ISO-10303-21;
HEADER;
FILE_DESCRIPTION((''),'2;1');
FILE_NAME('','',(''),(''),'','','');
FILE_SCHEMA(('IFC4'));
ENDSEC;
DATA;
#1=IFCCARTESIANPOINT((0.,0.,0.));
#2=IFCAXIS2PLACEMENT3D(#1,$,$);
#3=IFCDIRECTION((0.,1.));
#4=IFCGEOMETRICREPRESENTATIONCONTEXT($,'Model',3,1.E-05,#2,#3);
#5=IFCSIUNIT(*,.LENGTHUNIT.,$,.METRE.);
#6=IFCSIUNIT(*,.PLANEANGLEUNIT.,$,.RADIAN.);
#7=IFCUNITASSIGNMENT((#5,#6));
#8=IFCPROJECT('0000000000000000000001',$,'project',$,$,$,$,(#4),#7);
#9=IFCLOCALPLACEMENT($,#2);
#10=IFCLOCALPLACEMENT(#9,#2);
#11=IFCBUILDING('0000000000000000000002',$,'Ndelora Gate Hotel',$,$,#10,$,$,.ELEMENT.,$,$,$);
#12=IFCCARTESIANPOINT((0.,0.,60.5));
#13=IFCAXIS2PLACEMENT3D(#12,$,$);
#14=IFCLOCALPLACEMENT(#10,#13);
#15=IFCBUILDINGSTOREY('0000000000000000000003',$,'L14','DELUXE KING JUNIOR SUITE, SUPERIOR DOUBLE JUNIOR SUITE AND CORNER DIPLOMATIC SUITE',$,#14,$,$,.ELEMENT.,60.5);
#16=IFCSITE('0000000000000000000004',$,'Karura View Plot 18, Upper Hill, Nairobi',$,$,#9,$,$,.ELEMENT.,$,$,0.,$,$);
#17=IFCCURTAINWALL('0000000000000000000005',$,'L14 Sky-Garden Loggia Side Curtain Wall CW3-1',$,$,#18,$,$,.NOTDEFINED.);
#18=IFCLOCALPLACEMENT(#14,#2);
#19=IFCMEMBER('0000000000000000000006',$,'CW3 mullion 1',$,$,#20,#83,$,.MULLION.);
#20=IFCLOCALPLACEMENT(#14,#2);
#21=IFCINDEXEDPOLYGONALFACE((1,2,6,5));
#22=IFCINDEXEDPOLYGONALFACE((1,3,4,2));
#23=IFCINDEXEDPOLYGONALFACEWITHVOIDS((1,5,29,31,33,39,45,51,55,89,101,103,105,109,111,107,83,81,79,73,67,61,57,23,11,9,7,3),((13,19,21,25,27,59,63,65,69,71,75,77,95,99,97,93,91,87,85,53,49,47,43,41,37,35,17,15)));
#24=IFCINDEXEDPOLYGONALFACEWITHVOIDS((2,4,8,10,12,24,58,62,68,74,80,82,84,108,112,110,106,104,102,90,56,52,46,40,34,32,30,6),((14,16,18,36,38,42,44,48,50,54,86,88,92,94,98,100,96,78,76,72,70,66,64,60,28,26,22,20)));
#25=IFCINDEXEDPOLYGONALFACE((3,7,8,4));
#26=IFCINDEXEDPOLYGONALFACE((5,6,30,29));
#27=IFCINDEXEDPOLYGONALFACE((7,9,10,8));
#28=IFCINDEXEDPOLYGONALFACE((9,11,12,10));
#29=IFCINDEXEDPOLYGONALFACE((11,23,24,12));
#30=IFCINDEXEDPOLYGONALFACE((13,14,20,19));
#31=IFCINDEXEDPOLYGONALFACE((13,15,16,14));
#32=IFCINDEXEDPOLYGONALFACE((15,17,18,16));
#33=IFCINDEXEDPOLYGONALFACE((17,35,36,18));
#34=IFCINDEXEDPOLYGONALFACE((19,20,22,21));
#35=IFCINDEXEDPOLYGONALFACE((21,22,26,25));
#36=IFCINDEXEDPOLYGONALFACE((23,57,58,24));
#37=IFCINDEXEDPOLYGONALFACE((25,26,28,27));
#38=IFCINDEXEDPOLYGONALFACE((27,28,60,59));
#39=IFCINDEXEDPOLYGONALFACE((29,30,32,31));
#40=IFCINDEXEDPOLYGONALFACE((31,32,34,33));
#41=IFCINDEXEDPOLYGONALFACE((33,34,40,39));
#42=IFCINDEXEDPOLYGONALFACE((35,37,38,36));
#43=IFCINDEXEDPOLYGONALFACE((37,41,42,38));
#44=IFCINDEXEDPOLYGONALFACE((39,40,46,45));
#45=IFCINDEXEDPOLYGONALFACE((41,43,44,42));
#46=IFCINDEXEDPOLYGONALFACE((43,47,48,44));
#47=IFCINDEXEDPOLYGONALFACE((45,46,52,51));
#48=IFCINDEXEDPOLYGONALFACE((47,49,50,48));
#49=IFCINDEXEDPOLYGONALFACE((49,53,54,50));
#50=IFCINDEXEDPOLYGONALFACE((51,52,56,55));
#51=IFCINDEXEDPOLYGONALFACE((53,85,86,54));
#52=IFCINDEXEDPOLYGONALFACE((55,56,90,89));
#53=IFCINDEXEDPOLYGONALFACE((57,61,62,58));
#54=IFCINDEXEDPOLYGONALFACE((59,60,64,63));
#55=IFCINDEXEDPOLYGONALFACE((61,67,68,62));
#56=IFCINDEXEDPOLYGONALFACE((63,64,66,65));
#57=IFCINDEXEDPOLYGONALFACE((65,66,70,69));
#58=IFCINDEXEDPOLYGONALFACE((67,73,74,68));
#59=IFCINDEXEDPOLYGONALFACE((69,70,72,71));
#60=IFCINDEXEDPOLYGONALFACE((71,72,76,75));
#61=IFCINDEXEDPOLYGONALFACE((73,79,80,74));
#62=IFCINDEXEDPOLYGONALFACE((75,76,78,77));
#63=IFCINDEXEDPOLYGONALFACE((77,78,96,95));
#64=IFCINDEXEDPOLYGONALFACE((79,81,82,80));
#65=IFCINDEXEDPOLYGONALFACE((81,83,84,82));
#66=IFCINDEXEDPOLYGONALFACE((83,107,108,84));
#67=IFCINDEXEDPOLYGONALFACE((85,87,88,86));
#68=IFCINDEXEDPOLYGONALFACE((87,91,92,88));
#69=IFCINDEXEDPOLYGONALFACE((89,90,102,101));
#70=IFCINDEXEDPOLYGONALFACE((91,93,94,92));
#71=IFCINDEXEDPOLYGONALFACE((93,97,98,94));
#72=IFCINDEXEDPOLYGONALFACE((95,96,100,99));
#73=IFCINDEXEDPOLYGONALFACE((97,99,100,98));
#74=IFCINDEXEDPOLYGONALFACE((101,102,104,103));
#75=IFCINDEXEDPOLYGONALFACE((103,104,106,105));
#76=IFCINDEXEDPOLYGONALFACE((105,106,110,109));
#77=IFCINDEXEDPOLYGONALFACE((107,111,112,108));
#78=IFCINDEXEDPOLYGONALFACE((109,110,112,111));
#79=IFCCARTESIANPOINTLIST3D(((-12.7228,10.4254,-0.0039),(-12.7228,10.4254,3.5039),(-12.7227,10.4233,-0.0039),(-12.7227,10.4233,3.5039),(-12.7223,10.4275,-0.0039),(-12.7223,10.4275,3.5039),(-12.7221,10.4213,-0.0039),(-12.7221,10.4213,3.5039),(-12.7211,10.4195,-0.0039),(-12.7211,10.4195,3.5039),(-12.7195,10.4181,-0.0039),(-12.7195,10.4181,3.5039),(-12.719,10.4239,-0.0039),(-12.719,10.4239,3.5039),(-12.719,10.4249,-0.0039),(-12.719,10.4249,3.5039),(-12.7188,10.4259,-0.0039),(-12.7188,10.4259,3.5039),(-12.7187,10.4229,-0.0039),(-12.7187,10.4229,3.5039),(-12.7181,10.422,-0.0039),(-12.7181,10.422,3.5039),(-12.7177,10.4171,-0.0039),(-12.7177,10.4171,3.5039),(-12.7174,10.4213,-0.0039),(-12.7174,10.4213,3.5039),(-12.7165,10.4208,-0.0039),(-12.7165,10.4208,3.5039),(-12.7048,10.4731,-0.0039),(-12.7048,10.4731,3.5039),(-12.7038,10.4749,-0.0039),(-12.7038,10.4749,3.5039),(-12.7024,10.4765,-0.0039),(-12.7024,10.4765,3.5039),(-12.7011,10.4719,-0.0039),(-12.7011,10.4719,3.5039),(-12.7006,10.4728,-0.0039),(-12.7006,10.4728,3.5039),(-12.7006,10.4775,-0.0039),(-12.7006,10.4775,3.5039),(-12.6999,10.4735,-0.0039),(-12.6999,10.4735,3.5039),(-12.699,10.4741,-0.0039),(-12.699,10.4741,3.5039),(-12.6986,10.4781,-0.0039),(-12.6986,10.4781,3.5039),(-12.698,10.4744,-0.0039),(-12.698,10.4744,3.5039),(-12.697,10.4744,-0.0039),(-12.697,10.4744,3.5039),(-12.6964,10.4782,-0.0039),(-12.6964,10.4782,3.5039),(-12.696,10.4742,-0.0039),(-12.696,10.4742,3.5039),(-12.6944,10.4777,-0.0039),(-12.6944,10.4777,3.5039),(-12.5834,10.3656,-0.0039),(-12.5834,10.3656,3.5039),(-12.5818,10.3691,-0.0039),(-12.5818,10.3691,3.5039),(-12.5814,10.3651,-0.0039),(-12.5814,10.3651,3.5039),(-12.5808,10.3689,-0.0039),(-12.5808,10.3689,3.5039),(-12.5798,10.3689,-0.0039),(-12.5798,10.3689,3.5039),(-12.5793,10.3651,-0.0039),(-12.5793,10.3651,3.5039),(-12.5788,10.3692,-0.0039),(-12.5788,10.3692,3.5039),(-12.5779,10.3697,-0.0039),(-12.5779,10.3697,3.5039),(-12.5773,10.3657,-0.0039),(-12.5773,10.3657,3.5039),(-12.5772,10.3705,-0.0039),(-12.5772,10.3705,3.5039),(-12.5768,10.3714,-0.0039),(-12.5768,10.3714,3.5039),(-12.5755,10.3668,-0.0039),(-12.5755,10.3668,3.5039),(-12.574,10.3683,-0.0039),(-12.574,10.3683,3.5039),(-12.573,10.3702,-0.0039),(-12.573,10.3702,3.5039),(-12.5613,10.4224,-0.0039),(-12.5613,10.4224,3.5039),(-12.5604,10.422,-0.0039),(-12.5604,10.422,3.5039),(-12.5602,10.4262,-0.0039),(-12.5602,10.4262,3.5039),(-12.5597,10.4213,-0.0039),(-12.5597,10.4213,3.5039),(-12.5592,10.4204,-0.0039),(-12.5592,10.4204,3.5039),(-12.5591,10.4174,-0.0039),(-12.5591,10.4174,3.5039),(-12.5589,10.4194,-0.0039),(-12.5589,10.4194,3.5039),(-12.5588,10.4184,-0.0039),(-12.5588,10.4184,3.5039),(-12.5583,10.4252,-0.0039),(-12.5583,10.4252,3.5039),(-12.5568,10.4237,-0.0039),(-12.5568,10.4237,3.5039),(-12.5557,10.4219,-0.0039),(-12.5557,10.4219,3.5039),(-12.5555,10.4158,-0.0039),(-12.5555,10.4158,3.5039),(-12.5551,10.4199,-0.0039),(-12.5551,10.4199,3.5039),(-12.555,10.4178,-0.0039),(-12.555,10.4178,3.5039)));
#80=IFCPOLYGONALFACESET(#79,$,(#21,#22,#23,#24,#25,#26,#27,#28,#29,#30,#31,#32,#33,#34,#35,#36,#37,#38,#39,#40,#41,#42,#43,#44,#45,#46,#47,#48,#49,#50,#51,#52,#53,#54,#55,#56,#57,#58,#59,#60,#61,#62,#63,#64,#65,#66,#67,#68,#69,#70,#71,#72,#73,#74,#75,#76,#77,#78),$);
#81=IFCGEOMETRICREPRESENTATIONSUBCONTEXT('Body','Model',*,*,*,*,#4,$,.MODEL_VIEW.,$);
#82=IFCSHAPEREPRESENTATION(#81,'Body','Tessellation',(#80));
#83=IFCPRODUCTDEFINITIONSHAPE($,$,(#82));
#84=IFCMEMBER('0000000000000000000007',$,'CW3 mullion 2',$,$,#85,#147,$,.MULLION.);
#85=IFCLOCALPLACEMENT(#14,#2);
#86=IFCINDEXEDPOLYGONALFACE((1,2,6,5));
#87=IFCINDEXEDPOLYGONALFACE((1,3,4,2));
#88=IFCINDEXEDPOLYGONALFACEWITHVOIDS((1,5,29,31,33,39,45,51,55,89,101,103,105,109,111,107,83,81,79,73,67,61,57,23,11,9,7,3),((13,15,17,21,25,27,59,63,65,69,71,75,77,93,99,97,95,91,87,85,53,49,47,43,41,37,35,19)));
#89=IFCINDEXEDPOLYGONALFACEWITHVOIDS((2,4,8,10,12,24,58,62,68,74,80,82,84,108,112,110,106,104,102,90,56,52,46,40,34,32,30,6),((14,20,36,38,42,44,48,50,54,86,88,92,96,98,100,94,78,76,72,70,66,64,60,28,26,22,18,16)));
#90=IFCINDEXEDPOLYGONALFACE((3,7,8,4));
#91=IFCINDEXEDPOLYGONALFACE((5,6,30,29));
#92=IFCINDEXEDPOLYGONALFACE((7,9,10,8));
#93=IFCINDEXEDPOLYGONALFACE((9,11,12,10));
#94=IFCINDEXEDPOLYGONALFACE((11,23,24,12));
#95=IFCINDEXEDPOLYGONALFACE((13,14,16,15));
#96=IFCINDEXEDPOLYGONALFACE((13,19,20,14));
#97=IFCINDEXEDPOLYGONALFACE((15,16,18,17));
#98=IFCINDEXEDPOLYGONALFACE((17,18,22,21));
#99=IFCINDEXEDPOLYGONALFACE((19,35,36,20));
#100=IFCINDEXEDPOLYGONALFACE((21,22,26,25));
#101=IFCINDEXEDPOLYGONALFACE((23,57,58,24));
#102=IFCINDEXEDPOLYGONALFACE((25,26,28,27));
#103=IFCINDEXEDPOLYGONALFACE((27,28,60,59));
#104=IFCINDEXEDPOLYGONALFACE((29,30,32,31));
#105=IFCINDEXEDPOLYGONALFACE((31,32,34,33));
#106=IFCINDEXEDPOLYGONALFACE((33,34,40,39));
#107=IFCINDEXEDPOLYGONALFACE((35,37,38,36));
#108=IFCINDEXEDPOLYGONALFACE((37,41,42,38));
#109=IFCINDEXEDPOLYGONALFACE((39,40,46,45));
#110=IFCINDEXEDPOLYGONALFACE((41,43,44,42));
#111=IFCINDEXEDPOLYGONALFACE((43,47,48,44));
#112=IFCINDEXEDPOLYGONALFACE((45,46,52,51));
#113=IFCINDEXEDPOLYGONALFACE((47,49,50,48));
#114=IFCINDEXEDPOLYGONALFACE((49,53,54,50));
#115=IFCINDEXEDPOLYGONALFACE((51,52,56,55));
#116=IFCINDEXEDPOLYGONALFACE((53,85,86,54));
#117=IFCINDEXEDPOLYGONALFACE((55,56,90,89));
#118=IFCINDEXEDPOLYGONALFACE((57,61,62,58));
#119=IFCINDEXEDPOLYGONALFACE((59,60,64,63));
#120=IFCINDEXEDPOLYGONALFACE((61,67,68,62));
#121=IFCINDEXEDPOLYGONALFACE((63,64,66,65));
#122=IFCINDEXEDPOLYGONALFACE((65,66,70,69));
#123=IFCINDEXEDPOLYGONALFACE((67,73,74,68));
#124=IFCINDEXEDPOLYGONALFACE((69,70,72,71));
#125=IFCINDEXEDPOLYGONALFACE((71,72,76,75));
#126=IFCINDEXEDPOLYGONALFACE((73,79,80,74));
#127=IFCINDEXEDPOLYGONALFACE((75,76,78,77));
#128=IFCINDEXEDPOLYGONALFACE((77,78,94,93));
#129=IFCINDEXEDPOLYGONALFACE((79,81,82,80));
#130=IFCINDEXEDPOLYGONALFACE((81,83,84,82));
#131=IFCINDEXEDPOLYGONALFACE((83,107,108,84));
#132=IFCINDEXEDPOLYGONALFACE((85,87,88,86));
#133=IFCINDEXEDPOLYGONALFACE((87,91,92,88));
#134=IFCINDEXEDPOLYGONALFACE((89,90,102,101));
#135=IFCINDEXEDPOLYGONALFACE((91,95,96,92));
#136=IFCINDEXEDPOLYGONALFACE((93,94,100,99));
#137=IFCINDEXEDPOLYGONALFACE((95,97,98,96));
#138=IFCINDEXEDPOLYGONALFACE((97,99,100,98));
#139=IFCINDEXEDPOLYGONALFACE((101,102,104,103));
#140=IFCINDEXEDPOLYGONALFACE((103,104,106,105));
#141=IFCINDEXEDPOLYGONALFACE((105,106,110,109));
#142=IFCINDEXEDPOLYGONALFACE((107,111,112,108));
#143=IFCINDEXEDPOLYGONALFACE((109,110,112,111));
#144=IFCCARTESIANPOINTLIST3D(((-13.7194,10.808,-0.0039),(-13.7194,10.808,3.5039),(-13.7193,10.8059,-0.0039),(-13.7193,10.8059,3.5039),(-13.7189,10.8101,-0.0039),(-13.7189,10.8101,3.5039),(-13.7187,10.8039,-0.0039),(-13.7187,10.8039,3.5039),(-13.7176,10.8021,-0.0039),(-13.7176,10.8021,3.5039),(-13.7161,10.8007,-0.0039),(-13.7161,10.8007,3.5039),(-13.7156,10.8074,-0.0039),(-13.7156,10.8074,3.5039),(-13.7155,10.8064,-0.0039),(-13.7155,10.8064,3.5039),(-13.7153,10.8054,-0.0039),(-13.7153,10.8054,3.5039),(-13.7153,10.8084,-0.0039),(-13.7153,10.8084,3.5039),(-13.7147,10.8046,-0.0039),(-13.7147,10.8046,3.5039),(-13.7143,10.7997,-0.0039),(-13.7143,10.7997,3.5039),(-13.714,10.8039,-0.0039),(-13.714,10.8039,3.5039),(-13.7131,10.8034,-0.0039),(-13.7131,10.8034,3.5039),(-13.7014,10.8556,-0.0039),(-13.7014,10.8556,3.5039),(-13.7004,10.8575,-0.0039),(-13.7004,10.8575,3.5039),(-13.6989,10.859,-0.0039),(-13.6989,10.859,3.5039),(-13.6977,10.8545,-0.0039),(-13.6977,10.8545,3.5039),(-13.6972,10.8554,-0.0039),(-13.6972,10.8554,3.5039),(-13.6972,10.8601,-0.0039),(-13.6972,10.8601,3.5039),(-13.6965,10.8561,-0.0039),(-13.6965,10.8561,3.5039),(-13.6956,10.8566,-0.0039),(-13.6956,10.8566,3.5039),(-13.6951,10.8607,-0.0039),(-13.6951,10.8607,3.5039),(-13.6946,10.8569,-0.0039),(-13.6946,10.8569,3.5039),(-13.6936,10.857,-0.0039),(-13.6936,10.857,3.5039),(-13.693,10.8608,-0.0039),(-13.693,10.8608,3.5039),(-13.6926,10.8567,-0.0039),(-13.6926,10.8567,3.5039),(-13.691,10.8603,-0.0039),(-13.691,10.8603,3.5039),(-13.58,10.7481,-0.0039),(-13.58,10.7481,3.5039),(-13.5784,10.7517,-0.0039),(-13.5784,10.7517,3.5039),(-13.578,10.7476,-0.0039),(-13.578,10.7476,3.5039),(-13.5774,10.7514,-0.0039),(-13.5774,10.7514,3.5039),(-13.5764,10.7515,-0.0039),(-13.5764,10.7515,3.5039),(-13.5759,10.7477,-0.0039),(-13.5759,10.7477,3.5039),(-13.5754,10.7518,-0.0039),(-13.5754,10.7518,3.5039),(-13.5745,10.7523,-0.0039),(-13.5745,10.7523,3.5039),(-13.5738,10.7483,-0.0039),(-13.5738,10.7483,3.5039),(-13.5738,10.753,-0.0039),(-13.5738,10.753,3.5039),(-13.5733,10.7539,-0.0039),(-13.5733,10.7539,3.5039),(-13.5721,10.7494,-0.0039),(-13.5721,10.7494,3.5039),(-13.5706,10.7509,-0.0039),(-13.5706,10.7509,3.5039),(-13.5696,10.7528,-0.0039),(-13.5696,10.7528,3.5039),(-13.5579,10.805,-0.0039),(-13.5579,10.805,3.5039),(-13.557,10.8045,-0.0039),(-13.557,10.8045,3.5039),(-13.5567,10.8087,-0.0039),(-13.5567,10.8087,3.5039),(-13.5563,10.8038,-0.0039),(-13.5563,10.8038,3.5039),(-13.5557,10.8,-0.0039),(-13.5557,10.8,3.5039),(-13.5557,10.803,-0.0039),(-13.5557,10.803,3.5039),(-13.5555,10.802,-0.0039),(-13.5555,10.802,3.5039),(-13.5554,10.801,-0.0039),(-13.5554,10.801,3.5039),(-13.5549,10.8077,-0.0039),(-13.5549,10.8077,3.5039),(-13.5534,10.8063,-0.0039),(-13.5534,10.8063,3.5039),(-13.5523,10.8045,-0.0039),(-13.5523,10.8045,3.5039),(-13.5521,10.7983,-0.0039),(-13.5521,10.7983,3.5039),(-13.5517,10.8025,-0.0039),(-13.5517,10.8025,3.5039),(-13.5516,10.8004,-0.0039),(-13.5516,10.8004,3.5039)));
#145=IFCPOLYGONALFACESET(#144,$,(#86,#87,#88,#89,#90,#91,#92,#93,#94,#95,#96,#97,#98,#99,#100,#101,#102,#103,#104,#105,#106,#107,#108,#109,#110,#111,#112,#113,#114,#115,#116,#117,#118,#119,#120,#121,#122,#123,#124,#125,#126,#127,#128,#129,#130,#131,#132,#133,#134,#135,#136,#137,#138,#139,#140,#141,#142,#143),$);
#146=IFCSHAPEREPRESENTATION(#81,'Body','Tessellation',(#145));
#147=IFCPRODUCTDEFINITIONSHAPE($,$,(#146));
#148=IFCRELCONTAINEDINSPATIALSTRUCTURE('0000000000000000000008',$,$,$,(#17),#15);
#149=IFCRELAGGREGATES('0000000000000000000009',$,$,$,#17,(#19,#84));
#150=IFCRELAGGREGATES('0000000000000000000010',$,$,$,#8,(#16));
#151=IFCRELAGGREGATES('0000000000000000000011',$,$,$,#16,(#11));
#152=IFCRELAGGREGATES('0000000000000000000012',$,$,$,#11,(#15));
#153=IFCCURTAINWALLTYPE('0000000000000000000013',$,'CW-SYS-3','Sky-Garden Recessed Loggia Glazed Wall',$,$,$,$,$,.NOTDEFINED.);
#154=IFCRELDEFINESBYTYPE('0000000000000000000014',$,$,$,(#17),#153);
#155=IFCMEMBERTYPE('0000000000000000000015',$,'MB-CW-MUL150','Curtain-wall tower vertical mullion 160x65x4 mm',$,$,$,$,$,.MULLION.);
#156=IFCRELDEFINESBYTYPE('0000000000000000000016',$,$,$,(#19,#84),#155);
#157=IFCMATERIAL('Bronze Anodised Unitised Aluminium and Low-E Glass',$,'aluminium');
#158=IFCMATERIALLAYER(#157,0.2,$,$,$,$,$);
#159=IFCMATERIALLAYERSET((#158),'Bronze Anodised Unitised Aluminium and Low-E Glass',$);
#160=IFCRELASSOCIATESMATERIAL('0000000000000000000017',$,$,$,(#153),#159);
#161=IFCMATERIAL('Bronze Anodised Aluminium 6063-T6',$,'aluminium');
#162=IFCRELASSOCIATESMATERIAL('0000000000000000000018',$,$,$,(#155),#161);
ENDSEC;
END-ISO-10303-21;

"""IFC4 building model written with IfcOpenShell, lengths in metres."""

from ifc_helpers import new_model, si_unit, direction, frame, origin, origin_2d, place, context, subcontext, project, spatial, hollow_rectangle, extrude, material, layer, layer_set, material_profile, profile_set, type_object, element, aggregate, save


model = new_model("IFC4")

# Units and contexts
model_context = context("Model", 3, precision=1e-05, world=origin(), true_north=direction((0.0, 1.0)))
body_context = subcontext(model_context, "Body", "Model", "MODEL_VIEW")
ifc_project = project(units=[si_unit("LENGTHUNIT", "METRE"), si_unit("PLANEANGLEUNIT", "RADIAN")], contexts=[model_context])

# Site, building, storey
site_placement = place(None, origin())
site = spatial("IfcSite", under=ifc_project, at=site_placement, Name="Karura View Plot 18, Upper Hill, Nairobi", CompositionType="ELEMENT", RefElevation=0.0)
building_placement = place(site_placement, origin())
building = spatial("IfcBuilding", under=site, at=building_placement, Name="Ndelora Gate Hotel", CompositionType="ELEMENT")
storey_placement = place(building_placement, frame((0.0, 0.0, 60.5)))
storey = spatial("IfcBuildingStorey", under=building, at=storey_placement, Name="L14", Description="DELUXE KING JUNIOR SUITE, SUPERIOR DOUBLE JUNIOR SUITE AND CORNER DIPLOMATIC SUITE", CompositionType="ELEMENT", Elevation=60.5)

# Curtain wall, members
ifc_material_1 = material(Name="Bronze Anodised Unitised Aluminium and Low-E Glass", Category="aluminium")
ifc_layer_1 = layer(ifc_material_1, 0.2)
ifc_layer_set_1 = layer_set([ifc_layer_1], Name="Bronze Anodised Unitised Aluminium and Low-E Glass")
curtain_wall_type = type_object("IfcCurtainWallType", Name="CW-SYS-3", Description="Sky-Garden Recessed Loggia Glazed Wall", PredefinedType="NOTDEFINED", material=ifc_layer_set_1)
curtain_wall_placement = place(storey_placement, origin())
curtain_wall = element("IfcCurtainWall", 1, at=curtain_wall_placement, inside=storey, type_object=curtain_wall_type, Name="L14 Sky-Garden Loggia Side Curtain Wall CW3-1", PredefinedType="NOTDEFINED")
ifc_material_2 = material(Name="Bronze Anodised Aluminium 6063-T6", Category="aluminium")
ifc_material_profile_1 = material_profile(ifc_material_2, hollow_rectangle(XDim=0.0649, YDim=0.1599, WallThickness=0.0039, InnerFilletRadius=0.0039, OuterFilletRadius=0.0081, at=origin_2d()), Name="ALU 160x65x4")
ifc_profile_set_1 = profile_set([ifc_material_profile_1], Name="Bronze Anodised Aluminium 6063-T6")
member_type_1 = type_object("IfcMemberType", Name="MB-CW-MUL150", Description="Curtain-wall tower vertical mullion 160x65x4 mm", PredefinedType="MULLION", material=ifc_profile_set_1)
member_1_placement = place(storey_placement, frame((-12.6389, 10.4216, -0.0039), z_axis=(0.0, 0.0, 1.0), x_axis=(-0.358361, -0.933583, 0.0)))
member_1 = element("IfcMember", 2, at=member_1_placement, type_object=member_type_1, Name="CW3 mullion 1", PredefinedType="MULLION", context=body_context, shape_type="SweptSolid", body=[
    extrude(hollow_rectangle(XDim=0.0649, YDim=0.1599, WallThickness=0.0039, InnerFilletRadius=0.0039, OuterFilletRadius=0.0081, at=origin_2d()), origin(), (0.0, 0.0, 1.0), 3.5078),
])
member_2_placement = place(storey_placement, frame((-13.6355, 10.8042, -0.0039), z_axis=(0.0, 0.0, 1.0), x_axis=(-0.358361, -0.933583, 0.0)))
member_2 = element("IfcMember", 3, at=member_2_placement, type_object=member_type_1, Name="CW3 mullion 2", PredefinedType="MULLION", context=body_context, shape_type="SweptSolid", body=[
    extrude(hollow_rectangle(XDim=0.0649, YDim=0.1599, WallThickness=0.0039, InnerFilletRadius=0.0039, OuterFilletRadius=0.0081, at=origin_2d()), origin(), (0.0, 0.0, 1.0), 3.5078),
])
aggregate(curtain_wall, [member_1, member_2])

save(model, "model.ifc")
